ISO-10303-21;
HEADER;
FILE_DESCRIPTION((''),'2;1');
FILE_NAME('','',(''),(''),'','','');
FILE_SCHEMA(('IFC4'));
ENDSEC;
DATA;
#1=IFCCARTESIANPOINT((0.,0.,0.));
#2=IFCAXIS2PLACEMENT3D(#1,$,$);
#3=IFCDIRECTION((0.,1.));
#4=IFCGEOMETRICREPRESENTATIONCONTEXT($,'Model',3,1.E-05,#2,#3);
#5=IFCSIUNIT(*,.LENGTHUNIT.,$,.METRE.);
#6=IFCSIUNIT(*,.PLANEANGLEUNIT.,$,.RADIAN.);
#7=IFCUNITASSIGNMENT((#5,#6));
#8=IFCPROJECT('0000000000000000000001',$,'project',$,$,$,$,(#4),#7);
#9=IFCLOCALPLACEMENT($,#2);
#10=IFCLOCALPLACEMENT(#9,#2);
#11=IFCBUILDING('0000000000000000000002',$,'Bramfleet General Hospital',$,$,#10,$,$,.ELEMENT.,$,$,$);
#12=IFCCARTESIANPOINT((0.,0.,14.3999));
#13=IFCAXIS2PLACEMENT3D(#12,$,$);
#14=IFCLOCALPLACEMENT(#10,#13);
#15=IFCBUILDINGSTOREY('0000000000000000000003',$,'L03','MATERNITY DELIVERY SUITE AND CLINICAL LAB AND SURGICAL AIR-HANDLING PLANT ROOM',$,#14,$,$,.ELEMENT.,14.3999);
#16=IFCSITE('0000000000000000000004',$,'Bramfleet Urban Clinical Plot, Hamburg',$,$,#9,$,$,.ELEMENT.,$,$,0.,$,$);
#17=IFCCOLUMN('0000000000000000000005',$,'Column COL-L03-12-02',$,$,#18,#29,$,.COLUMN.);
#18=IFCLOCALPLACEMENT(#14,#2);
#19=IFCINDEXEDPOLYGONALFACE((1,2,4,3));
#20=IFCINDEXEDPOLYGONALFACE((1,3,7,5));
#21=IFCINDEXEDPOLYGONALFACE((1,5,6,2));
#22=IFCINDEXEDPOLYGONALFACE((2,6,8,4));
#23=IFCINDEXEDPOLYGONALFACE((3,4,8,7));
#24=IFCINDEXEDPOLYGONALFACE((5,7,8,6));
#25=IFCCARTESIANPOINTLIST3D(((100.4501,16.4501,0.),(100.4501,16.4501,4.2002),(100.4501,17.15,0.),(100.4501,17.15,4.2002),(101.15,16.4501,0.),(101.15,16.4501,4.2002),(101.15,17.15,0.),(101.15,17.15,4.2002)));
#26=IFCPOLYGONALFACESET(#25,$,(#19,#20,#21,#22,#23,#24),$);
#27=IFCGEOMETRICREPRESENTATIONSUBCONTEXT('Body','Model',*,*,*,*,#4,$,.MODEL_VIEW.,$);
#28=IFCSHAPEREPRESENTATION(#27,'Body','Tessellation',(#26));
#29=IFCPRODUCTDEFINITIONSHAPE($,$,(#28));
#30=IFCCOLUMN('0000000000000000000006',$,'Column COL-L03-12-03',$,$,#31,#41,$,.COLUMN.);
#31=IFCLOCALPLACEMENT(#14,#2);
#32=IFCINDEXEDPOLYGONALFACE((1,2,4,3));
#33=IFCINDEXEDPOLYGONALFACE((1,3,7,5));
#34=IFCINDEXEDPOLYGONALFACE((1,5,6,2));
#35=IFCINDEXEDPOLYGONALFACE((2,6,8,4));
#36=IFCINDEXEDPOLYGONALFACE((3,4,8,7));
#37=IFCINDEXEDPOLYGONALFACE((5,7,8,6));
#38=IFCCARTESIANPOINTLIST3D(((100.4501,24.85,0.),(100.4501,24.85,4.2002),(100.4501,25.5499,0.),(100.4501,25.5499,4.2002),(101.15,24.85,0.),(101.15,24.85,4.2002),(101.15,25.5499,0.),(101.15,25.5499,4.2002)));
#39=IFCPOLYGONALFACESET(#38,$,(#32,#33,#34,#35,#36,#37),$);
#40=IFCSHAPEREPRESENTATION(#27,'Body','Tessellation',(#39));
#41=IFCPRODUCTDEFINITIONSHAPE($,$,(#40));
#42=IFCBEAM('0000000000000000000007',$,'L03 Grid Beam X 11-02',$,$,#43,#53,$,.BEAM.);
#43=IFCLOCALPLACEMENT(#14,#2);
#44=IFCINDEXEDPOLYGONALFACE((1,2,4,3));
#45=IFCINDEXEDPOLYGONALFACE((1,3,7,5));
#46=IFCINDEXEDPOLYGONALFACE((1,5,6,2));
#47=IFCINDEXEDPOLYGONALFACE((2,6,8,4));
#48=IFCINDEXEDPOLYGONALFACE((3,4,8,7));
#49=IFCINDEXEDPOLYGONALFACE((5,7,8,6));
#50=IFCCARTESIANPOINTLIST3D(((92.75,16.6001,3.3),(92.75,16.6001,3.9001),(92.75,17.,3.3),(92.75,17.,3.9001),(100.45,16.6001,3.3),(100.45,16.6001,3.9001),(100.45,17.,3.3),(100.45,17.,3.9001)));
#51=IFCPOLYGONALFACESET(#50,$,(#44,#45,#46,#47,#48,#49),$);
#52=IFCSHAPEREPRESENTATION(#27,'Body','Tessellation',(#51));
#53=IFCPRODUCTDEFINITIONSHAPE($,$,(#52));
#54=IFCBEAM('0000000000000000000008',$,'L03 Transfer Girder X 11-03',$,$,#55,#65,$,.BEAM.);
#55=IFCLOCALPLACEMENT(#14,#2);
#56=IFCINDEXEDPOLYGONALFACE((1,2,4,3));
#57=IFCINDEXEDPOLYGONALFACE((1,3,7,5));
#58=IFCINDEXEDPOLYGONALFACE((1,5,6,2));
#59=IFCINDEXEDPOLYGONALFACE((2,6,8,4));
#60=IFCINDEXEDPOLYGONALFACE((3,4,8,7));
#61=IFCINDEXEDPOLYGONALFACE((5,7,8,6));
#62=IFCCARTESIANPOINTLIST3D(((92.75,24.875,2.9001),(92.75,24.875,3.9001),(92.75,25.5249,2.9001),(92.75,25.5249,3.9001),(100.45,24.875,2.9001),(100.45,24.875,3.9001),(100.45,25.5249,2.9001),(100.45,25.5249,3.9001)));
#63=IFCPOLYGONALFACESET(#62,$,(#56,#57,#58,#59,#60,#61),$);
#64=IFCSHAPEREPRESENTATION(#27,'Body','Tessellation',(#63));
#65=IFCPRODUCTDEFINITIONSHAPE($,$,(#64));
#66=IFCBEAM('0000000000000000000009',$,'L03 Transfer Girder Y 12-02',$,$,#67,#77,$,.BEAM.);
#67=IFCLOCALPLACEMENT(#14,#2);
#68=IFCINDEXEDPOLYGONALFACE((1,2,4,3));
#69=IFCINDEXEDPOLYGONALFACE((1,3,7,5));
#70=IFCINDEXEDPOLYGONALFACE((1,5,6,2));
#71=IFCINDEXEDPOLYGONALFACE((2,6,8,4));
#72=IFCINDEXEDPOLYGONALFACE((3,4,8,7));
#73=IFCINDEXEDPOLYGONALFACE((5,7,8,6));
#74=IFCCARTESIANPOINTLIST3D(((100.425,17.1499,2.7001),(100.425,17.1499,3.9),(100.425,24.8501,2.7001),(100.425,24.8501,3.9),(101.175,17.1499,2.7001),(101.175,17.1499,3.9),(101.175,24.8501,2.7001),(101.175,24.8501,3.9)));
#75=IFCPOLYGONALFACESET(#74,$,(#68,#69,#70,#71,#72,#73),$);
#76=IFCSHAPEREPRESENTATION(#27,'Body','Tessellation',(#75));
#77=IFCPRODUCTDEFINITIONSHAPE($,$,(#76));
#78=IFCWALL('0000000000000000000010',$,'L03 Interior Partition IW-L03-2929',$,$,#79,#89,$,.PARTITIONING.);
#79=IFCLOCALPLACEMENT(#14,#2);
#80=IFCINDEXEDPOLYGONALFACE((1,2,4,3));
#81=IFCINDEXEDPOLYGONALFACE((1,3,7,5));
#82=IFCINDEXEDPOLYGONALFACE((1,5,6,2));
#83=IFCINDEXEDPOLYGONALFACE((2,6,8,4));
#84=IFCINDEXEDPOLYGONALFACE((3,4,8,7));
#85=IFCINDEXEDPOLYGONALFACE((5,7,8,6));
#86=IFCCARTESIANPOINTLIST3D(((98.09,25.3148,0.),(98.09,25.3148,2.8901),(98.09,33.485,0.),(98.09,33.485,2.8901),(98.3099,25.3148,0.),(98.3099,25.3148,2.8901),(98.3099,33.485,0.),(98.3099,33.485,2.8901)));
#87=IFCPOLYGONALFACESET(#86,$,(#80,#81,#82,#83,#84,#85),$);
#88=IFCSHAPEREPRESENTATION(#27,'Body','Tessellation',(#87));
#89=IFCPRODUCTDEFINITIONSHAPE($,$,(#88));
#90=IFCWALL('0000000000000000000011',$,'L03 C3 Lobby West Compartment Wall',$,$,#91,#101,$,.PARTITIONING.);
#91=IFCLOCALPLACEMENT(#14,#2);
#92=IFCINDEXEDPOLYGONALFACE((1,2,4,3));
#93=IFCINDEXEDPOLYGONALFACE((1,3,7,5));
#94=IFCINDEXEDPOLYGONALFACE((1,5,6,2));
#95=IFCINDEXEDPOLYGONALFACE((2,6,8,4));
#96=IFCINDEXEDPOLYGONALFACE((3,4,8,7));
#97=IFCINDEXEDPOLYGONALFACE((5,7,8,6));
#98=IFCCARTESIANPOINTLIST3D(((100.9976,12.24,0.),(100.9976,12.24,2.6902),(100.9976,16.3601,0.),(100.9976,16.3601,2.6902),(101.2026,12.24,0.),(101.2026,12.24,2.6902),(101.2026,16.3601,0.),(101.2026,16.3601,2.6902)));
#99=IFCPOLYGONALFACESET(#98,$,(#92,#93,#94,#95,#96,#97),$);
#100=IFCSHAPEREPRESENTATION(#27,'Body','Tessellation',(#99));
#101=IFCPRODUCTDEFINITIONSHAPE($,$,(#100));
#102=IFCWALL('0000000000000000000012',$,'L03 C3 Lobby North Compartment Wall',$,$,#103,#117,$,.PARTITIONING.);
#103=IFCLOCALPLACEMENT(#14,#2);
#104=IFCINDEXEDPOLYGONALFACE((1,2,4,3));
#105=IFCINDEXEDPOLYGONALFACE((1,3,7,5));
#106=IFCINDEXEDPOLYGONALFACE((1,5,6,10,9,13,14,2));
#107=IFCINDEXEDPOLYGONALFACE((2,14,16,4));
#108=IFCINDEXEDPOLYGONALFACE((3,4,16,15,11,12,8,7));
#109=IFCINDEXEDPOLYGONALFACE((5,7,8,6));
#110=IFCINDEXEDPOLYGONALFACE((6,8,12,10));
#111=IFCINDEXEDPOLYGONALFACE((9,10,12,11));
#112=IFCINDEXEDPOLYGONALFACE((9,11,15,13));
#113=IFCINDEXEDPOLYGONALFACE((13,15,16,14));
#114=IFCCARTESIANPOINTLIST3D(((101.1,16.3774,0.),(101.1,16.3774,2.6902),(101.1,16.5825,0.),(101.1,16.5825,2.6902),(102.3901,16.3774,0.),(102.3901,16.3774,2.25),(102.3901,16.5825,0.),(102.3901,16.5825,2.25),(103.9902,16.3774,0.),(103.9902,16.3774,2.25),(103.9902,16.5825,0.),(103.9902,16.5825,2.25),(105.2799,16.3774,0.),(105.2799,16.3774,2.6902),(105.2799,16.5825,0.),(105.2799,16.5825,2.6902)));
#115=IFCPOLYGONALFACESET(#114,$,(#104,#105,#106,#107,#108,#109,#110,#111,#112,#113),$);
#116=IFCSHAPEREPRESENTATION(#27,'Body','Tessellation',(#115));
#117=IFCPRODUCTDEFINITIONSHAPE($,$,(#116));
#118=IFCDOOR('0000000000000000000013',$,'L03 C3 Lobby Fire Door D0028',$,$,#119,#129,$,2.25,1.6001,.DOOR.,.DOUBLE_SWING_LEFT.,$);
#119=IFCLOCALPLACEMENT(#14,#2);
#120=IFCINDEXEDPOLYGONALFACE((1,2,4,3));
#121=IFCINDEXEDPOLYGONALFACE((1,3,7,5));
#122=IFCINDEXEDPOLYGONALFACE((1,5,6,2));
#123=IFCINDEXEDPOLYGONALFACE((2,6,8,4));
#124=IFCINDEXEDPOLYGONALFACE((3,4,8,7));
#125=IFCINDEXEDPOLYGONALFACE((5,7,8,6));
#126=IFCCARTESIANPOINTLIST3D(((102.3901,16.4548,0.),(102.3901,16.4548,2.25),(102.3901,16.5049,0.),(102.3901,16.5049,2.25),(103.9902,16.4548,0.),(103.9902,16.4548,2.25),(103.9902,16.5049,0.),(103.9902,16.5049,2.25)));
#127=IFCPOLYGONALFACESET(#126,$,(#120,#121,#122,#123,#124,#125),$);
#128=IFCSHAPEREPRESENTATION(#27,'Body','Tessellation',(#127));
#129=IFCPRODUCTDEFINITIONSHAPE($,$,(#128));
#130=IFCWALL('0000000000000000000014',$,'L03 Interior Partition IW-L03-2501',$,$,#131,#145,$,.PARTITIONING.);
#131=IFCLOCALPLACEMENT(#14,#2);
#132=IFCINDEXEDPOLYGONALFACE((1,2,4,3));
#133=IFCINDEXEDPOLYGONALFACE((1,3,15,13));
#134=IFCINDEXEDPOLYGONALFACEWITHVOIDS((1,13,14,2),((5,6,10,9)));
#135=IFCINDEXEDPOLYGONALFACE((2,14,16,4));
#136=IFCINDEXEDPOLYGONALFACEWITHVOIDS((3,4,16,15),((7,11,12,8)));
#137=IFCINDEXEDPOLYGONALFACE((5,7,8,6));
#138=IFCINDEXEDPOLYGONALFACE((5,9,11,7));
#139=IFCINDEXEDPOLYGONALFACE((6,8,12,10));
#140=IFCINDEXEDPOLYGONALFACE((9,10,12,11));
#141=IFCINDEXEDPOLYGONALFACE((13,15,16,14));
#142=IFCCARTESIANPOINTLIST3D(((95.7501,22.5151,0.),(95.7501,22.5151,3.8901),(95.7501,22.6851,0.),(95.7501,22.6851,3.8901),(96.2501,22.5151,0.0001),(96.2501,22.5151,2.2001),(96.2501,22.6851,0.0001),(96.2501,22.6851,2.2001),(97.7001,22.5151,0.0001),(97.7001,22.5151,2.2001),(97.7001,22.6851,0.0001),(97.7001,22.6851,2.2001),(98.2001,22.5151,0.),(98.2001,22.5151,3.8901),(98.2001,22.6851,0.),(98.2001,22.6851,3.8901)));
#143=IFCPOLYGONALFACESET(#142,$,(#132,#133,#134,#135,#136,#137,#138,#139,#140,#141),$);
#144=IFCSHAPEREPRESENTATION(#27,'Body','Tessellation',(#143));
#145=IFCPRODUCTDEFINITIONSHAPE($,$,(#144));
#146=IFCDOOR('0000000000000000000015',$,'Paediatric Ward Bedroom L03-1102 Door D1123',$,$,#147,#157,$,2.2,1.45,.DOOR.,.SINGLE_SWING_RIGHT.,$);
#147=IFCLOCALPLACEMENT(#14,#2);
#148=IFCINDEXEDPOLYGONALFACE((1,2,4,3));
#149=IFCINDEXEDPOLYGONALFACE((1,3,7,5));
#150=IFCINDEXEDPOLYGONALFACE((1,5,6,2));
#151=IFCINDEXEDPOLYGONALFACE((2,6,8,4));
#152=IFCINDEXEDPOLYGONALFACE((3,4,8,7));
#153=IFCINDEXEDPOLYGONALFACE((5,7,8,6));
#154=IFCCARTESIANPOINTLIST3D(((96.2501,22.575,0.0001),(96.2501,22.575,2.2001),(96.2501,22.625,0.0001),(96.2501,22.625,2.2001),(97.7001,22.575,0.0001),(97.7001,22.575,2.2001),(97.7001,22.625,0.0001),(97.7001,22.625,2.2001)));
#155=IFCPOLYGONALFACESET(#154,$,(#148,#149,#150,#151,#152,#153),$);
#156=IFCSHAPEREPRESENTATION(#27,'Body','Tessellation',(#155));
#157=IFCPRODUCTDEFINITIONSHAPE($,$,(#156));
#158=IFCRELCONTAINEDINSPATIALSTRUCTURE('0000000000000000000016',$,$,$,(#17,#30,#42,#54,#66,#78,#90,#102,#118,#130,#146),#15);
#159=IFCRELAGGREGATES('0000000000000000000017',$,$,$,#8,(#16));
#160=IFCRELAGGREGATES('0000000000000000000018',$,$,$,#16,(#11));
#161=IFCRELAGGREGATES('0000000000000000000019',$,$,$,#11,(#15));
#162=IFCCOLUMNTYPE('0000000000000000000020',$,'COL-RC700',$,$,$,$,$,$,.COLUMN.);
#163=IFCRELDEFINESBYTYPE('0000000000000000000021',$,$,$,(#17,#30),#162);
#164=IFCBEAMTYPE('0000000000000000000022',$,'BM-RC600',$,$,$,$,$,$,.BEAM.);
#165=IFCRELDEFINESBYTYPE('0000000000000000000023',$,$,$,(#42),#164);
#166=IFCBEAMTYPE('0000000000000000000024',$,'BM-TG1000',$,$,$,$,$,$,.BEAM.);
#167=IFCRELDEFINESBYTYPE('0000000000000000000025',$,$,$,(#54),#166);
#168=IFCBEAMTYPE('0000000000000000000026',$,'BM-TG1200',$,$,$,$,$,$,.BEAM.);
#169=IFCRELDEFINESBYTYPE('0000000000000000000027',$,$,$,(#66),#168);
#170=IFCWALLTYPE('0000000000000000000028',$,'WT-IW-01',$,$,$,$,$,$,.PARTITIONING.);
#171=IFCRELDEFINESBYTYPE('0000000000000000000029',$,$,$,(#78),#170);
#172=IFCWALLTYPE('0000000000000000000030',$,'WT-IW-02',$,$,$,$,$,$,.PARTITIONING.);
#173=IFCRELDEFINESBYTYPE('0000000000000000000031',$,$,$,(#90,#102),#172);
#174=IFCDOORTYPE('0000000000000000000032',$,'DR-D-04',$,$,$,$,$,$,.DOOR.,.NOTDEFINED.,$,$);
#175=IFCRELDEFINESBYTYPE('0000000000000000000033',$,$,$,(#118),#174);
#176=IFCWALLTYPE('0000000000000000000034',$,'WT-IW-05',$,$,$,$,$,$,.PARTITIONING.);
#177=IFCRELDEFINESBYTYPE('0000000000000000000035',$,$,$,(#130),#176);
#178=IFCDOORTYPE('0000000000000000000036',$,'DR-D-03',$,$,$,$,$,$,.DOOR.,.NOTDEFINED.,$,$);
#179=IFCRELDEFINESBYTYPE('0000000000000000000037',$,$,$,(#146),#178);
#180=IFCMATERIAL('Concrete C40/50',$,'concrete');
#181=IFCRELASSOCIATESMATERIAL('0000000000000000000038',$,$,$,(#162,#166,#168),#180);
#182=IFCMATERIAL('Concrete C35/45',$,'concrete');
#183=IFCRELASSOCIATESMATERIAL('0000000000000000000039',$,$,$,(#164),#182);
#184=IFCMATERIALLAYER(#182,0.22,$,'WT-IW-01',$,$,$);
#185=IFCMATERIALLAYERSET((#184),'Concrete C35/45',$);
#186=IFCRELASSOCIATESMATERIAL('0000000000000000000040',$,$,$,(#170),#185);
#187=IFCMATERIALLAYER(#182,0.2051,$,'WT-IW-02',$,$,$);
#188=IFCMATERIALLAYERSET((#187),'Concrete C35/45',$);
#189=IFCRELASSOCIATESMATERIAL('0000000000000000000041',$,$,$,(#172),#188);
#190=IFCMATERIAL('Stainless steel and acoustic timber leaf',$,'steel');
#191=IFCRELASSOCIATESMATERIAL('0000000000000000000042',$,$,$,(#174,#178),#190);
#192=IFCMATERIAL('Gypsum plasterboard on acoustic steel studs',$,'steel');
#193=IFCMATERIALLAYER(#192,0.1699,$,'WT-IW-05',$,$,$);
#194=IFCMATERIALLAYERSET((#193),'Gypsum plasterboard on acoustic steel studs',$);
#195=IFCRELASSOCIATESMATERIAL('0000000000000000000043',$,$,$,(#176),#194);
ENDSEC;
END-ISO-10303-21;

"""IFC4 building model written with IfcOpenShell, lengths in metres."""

from ifc_helpers import new_model, si_unit, direction, frame, frame_2d, origin, origin_2d, place, context, subcontext, project, spatial, rectangle, extrude, material, layer, layer_set, material_profile, profile_set, type_object, element, fill, save


model = new_model("IFC4")

# Units and contexts
model_context = context("Model", 3, precision=1e-05, world=origin(), true_north=direction((0.0, 1.0)))
body_context = subcontext(model_context, "Body", "Model", "MODEL_VIEW")
ifc_project = project(units=[si_unit("LENGTHUNIT", "METRE"), si_unit("PLANEANGLEUNIT", "RADIAN")], contexts=[model_context])

# Site, building, storey
site_placement = place(None, origin())
site = spatial("IfcSite", under=ifc_project, at=site_placement, Name="Bramfleet Urban Clinical Plot, Hamburg", CompositionType="ELEMENT", RefElevation=0.0)
building_placement = place(site_placement, origin())
building = spatial("IfcBuilding", under=site, at=building_placement, Name="Bramfleet General Hospital", CompositionType="ELEMENT")
storey_placement = place(building_placement, frame((0.0, 0.0, 14.3999)))
storey = spatial("IfcBuildingStorey", under=building, at=storey_placement, Name="L03", Description="MATERNITY DELIVERY SUITE AND CLINICAL LAB AND SURGICAL AIR-HANDLING PLANT ROOM", CompositionType="ELEMENT", Elevation=14.3999)

# Columns
ifc_material_1 = material(Name="Concrete C40/50", Category="concrete")
ifc_material_profile_1 = material_profile(ifc_material_1, rectangle(XDim=0.7, YDim=0.7, at=origin_2d()), Name="RC COL 700x700")
ifc_profile_set_1 = profile_set([ifc_material_profile_1], Name="Concrete C40/50")
column_type = type_object("IfcColumnType", Name="COL-RC700", PredefinedType="COLUMN", material=ifc_profile_set_1)
for number, where, z_axis, x_axis, name in (
    (1, (100.8, 16.8, 0.0), (0.0, 0.0, 1.0), (1.0, 0.0, 0.0), "Column COL-L03-12-02"),
    (2, (100.8, 25.2, 0.0), (0.0, 0.0, 1.0), (1.0, 0.0, 0.0), "Column COL-L03-12-03"),
):
    element("IfcColumn", number, at=place(storey_placement, frame(where, z_axis=z_axis, x_axis=x_axis)), inside=storey, type_object=column_type, Name=name, PredefinedType="COLUMN", context=body_context, shape_type="SweptSolid", body=[
        extrude(rectangle(XDim=0.7, YDim=0.7, at=origin_2d()), origin(), (0.0, 0.0, 1.0), 4.2002),
    ])

# Beams
ifc_material_2 = material(Name="Concrete C35/45", Category="concrete")
ifc_material_profile_2 = material_profile(ifc_material_2, rectangle(XDim=0.3999, YDim=0.6001, at=origin_2d()), Name="RC BM 600x400")
ifc_profile_set_2 = profile_set([ifc_material_profile_2], Name="Concrete C35/45")
beam_type_1 = type_object("IfcBeamType", Name="BM-RC600", PredefinedType="BEAM", material=ifc_profile_set_2)
beam_1_placement = place(storey_placement, frame((92.75, 16.8, 3.6001), z_axis=(1.0, 0.0, 0.0), x_axis=(0.0, 1.0, 0.0)))
element("IfcBeam", 3, at=beam_1_placement, inside=storey, type_object=beam_type_1, Name="L03 Grid Beam X 11-02", PredefinedType="BEAM", context=body_context, shape_type="SweptSolid", body=[
    extrude(rectangle(XDim=0.3999, YDim=0.6001, at=origin_2d()), origin(), (0.0, 0.0, 1.0), 7.7),
])
ifc_material_profile_3 = material_profile(ifc_material_1, rectangle(XDim=0.6499, YDim=1.0, at=origin_2d()), Name="RC TG 1000x650")
ifc_profile_set_3 = profile_set([ifc_material_profile_3], Name="Concrete C40/50")
beam_type_2 = type_object("IfcBeamType", Name="BM-TG1000", PredefinedType="BEAM", material=ifc_profile_set_3)
beam_2_placement = place(storey_placement, frame((92.75, 25.2, 3.4001), z_axis=(1.0, 0.0, 0.0), x_axis=(0.0, 1.0, 0.0)))
element("IfcBeam", 4, at=beam_2_placement, inside=storey, type_object=beam_type_2, Name="L03 Transfer Girder X 11-03", PredefinedType="BEAM", context=body_context, shape_type="SweptSolid", body=[
    extrude(rectangle(XDim=0.6499, YDim=1.0, at=origin_2d()), origin(), (0.0, 0.0, 1.0), 7.7),
])
ifc_material_profile_4 = material_profile(ifc_material_1, rectangle(XDim=0.75, YDim=1.2, at=origin_2d()), Name="RC TG 1200x750")
ifc_profile_set_4 = profile_set([ifc_material_profile_4], Name="Concrete C40/50")
beam_type_3 = type_object("IfcBeamType", Name="BM-TG1200", PredefinedType="BEAM", material=ifc_profile_set_4)
beam_3_placement = place(storey_placement, frame((100.8, 17.1499, 3.3), z_axis=(0.0, 1.0, 0.0), x_axis=(-1.0, 0.0, 0.0)))
element("IfcBeam", 5, at=beam_3_placement, inside=storey, type_object=beam_type_3, Name="L03 Transfer Girder Y 12-02", PredefinedType="BEAM", context=body_context, shape_type="SweptSolid", body=[
    extrude(rectangle(XDim=0.75, YDim=1.2, at=origin_2d()), origin(), (0.0, 0.0, 1.0), 7.7002),
])

# Walls
ifc_layer_1 = layer(ifc_material_2, 0.22, Name="WT-IW-01")
ifc_layer_set_1 = layer_set([ifc_layer_1], Name="Concrete C35/45")
wall_type_1 = type_object("IfcWallType", Name="WT-IW-01", PredefinedType="PARTITIONING", material=ifc_layer_set_1)
wall_1_placement = place(storey_placement, frame((98.2, 25.3149, 0.0), z_axis=(0.0, 0.0, 1.0), x_axis=(0.0, 1.0, 0.0)))
element("IfcWall", 6, at=wall_1_placement, inside=storey, type_object=wall_type_1, Name="L03 Interior Partition IW-L03-2929", PredefinedType="PARTITIONING", context=body_context, shape_type="SweptSolid", body=[
    extrude(rectangle(XDim=8.1702, YDim=0.22, at=frame_2d((4.085, 0.0))), origin(), (0.0, 0.0, 1.0), 2.8901),
])
ifc_layer_2 = layer(ifc_material_2, 0.2051, Name="WT-IW-02")
ifc_layer_set_2 = layer_set([ifc_layer_2], Name="Concrete C35/45")
wall_type_2 = type_object("IfcWallType", Name="WT-IW-02", PredefinedType="PARTITIONING", material=ifc_layer_set_2)
wall_2_placement = place(storey_placement, frame((101.1001, 12.24, 0.0), z_axis=(0.0, 0.0, 1.0), x_axis=(0.0, 1.0, 0.0)))
element("IfcWall", 7, at=wall_2_placement, inside=storey, type_object=wall_type_2, Name="L03 C3 Lobby West Compartment Wall", PredefinedType="PARTITIONING", context=body_context, shape_type="SweptSolid", body=[
    extrude(rectangle(XDim=4.1201, YDim=0.2051, at=frame_2d((2.0601, 0.0))), origin(), (0.0, 0.0, 1.0), 2.6902),
])

# Walls, openings, doors
wall_3_placement = place(storey_placement, frame((101.1001, 16.48, 0.0), z_axis=(0.0, 0.0, 1.0), x_axis=(1.0, 0.0, 0.0)))
wall_3 = element("IfcWall", 8, at=wall_3_placement, inside=storey, type_object=wall_type_2, Name="L03 C3 Lobby North Compartment Wall", PredefinedType="PARTITIONING", context=body_context, shape_type="SweptSolid", body=[
    extrude(rectangle(XDim=4.1799, YDim=0.2051, at=frame_2d((2.0898, 0.0))), origin(), (0.0, 0.0, 1.0), 2.6902),
])
opening_1_placement = place(wall_3_placement, frame((1.29, 0.0, 0.0)))
opening_1 = element("IfcOpeningElement", 9, at=opening_1_placement, cuts=wall_3, PredefinedType="OPENING", context=body_context, shape_type="SweptSolid", body=[
    extrude(rectangle(XDim=1.6001, YDim=2.25, at=frame_2d((0.8, 1.125))), frame((0.0, 0.1125, 0.0), z_axis=(0.0, -1.0, 0.0), x_axis=(1.0, 0.0, 0.0)), (0.0, 0.0, 1.0), 0.2251),
])
ifc_material_3 = material(Name="Stainless steel and acoustic timber leaf", Category="steel")
door_type_1 = type_object("IfcDoorType", Name="DR-D-04", OperationType="NOTDEFINED", PredefinedType="DOOR", material=ifc_material_3)
door_1_placement = place(opening_1_placement, origin())
door_1 = element("IfcDoor", 10, at=door_1_placement, inside=storey, type_object=door_type_1, Name="L03 C3 Lobby Fire Door D0028", OperationType="DOUBLE_SWING_LEFT", OverallHeight=2.25, OverallWidth=1.6001, PredefinedType="DOOR", context=body_context, shape_type="SweptSolid", body=[
    extrude(rectangle(XDim=1.6001, YDim=2.25, at=frame_2d((0.8, 1.125))), frame((0.0, 0.0249, 0.0), z_axis=(0.0, -1.0, 0.0), x_axis=(1.0, 0.0, 0.0)), (0.0, 0.0, 1.0), 0.05),
])
fill(opening_1, door_1)
ifc_material_4 = material(Name="Gypsum plasterboard on acoustic steel studs", Category="steel")
ifc_layer_3 = layer(ifc_material_4, 0.1699, Name="WT-IW-05")
ifc_layer_set_3 = layer_set([ifc_layer_3], Name="Gypsum plasterboard on acoustic steel studs")
wall_type_3 = type_object("IfcWallType", Name="WT-IW-05", PredefinedType="PARTITIONING", material=ifc_layer_set_3)
wall_4_placement = place(storey_placement, frame((95.75, 22.6001, 0.0), z_axis=(0.0, 0.0, 1.0), x_axis=(1.0, 0.0, 0.0)))
wall_4 = element("IfcWall", 11, at=wall_4_placement, inside=storey, type_object=wall_type_3, Name="L03 Interior Partition IW-L03-2501", PredefinedType="PARTITIONING", context=body_context, shape_type="SweptSolid", body=[
    extrude(rectangle(XDim=2.45, YDim=0.1699, at=frame_2d((1.2251, 0.0))), origin(), (0.0, 0.0, 1.0), 3.8901),
])
opening_2_placement = place(wall_4_placement, frame((0.5, 0.0, 0.0)))
opening_2 = element("IfcOpeningElement", 12, at=opening_2_placement, cuts=wall_4, PredefinedType="OPENING", context=body_context, shape_type="SweptSolid", body=[
    extrude(rectangle(XDim=1.45, YDim=2.2, at=frame_2d((0.7251, 1.1001))), frame((0.0, 0.095, 0.0), z_axis=(0.0, -1.0, 0.0), x_axis=(1.0, 0.0, 0.0)), (0.0, 0.0, 1.0), 0.1899),
])
door_type_2 = type_object("IfcDoorType", Name="DR-D-03", OperationType="NOTDEFINED", PredefinedType="DOOR", material=ifc_material_3)
door_2_placement = place(opening_2_placement, origin())
door_2 = element("IfcDoor", 13, at=door_2_placement, inside=storey, type_object=door_type_2, Name="Paediatric Ward Bedroom L03-1102 Door D1123", OperationType="SINGLE_SWING_RIGHT", OverallHeight=2.2, OverallWidth=1.45, PredefinedType="DOOR", context=body_context, shape_type="SweptSolid", body=[
    extrude(rectangle(XDim=1.45, YDim=2.2, at=frame_2d((0.7251, 1.1001))), frame((0.0, 0.0249, 0.0), z_axis=(0.0, -1.0, 0.0), x_axis=(1.0, 0.0, 0.0)), (0.0, 0.0, 1.0), 0.05),
])
fill(opening_2, door_2)

save(model, "model.ifc")
